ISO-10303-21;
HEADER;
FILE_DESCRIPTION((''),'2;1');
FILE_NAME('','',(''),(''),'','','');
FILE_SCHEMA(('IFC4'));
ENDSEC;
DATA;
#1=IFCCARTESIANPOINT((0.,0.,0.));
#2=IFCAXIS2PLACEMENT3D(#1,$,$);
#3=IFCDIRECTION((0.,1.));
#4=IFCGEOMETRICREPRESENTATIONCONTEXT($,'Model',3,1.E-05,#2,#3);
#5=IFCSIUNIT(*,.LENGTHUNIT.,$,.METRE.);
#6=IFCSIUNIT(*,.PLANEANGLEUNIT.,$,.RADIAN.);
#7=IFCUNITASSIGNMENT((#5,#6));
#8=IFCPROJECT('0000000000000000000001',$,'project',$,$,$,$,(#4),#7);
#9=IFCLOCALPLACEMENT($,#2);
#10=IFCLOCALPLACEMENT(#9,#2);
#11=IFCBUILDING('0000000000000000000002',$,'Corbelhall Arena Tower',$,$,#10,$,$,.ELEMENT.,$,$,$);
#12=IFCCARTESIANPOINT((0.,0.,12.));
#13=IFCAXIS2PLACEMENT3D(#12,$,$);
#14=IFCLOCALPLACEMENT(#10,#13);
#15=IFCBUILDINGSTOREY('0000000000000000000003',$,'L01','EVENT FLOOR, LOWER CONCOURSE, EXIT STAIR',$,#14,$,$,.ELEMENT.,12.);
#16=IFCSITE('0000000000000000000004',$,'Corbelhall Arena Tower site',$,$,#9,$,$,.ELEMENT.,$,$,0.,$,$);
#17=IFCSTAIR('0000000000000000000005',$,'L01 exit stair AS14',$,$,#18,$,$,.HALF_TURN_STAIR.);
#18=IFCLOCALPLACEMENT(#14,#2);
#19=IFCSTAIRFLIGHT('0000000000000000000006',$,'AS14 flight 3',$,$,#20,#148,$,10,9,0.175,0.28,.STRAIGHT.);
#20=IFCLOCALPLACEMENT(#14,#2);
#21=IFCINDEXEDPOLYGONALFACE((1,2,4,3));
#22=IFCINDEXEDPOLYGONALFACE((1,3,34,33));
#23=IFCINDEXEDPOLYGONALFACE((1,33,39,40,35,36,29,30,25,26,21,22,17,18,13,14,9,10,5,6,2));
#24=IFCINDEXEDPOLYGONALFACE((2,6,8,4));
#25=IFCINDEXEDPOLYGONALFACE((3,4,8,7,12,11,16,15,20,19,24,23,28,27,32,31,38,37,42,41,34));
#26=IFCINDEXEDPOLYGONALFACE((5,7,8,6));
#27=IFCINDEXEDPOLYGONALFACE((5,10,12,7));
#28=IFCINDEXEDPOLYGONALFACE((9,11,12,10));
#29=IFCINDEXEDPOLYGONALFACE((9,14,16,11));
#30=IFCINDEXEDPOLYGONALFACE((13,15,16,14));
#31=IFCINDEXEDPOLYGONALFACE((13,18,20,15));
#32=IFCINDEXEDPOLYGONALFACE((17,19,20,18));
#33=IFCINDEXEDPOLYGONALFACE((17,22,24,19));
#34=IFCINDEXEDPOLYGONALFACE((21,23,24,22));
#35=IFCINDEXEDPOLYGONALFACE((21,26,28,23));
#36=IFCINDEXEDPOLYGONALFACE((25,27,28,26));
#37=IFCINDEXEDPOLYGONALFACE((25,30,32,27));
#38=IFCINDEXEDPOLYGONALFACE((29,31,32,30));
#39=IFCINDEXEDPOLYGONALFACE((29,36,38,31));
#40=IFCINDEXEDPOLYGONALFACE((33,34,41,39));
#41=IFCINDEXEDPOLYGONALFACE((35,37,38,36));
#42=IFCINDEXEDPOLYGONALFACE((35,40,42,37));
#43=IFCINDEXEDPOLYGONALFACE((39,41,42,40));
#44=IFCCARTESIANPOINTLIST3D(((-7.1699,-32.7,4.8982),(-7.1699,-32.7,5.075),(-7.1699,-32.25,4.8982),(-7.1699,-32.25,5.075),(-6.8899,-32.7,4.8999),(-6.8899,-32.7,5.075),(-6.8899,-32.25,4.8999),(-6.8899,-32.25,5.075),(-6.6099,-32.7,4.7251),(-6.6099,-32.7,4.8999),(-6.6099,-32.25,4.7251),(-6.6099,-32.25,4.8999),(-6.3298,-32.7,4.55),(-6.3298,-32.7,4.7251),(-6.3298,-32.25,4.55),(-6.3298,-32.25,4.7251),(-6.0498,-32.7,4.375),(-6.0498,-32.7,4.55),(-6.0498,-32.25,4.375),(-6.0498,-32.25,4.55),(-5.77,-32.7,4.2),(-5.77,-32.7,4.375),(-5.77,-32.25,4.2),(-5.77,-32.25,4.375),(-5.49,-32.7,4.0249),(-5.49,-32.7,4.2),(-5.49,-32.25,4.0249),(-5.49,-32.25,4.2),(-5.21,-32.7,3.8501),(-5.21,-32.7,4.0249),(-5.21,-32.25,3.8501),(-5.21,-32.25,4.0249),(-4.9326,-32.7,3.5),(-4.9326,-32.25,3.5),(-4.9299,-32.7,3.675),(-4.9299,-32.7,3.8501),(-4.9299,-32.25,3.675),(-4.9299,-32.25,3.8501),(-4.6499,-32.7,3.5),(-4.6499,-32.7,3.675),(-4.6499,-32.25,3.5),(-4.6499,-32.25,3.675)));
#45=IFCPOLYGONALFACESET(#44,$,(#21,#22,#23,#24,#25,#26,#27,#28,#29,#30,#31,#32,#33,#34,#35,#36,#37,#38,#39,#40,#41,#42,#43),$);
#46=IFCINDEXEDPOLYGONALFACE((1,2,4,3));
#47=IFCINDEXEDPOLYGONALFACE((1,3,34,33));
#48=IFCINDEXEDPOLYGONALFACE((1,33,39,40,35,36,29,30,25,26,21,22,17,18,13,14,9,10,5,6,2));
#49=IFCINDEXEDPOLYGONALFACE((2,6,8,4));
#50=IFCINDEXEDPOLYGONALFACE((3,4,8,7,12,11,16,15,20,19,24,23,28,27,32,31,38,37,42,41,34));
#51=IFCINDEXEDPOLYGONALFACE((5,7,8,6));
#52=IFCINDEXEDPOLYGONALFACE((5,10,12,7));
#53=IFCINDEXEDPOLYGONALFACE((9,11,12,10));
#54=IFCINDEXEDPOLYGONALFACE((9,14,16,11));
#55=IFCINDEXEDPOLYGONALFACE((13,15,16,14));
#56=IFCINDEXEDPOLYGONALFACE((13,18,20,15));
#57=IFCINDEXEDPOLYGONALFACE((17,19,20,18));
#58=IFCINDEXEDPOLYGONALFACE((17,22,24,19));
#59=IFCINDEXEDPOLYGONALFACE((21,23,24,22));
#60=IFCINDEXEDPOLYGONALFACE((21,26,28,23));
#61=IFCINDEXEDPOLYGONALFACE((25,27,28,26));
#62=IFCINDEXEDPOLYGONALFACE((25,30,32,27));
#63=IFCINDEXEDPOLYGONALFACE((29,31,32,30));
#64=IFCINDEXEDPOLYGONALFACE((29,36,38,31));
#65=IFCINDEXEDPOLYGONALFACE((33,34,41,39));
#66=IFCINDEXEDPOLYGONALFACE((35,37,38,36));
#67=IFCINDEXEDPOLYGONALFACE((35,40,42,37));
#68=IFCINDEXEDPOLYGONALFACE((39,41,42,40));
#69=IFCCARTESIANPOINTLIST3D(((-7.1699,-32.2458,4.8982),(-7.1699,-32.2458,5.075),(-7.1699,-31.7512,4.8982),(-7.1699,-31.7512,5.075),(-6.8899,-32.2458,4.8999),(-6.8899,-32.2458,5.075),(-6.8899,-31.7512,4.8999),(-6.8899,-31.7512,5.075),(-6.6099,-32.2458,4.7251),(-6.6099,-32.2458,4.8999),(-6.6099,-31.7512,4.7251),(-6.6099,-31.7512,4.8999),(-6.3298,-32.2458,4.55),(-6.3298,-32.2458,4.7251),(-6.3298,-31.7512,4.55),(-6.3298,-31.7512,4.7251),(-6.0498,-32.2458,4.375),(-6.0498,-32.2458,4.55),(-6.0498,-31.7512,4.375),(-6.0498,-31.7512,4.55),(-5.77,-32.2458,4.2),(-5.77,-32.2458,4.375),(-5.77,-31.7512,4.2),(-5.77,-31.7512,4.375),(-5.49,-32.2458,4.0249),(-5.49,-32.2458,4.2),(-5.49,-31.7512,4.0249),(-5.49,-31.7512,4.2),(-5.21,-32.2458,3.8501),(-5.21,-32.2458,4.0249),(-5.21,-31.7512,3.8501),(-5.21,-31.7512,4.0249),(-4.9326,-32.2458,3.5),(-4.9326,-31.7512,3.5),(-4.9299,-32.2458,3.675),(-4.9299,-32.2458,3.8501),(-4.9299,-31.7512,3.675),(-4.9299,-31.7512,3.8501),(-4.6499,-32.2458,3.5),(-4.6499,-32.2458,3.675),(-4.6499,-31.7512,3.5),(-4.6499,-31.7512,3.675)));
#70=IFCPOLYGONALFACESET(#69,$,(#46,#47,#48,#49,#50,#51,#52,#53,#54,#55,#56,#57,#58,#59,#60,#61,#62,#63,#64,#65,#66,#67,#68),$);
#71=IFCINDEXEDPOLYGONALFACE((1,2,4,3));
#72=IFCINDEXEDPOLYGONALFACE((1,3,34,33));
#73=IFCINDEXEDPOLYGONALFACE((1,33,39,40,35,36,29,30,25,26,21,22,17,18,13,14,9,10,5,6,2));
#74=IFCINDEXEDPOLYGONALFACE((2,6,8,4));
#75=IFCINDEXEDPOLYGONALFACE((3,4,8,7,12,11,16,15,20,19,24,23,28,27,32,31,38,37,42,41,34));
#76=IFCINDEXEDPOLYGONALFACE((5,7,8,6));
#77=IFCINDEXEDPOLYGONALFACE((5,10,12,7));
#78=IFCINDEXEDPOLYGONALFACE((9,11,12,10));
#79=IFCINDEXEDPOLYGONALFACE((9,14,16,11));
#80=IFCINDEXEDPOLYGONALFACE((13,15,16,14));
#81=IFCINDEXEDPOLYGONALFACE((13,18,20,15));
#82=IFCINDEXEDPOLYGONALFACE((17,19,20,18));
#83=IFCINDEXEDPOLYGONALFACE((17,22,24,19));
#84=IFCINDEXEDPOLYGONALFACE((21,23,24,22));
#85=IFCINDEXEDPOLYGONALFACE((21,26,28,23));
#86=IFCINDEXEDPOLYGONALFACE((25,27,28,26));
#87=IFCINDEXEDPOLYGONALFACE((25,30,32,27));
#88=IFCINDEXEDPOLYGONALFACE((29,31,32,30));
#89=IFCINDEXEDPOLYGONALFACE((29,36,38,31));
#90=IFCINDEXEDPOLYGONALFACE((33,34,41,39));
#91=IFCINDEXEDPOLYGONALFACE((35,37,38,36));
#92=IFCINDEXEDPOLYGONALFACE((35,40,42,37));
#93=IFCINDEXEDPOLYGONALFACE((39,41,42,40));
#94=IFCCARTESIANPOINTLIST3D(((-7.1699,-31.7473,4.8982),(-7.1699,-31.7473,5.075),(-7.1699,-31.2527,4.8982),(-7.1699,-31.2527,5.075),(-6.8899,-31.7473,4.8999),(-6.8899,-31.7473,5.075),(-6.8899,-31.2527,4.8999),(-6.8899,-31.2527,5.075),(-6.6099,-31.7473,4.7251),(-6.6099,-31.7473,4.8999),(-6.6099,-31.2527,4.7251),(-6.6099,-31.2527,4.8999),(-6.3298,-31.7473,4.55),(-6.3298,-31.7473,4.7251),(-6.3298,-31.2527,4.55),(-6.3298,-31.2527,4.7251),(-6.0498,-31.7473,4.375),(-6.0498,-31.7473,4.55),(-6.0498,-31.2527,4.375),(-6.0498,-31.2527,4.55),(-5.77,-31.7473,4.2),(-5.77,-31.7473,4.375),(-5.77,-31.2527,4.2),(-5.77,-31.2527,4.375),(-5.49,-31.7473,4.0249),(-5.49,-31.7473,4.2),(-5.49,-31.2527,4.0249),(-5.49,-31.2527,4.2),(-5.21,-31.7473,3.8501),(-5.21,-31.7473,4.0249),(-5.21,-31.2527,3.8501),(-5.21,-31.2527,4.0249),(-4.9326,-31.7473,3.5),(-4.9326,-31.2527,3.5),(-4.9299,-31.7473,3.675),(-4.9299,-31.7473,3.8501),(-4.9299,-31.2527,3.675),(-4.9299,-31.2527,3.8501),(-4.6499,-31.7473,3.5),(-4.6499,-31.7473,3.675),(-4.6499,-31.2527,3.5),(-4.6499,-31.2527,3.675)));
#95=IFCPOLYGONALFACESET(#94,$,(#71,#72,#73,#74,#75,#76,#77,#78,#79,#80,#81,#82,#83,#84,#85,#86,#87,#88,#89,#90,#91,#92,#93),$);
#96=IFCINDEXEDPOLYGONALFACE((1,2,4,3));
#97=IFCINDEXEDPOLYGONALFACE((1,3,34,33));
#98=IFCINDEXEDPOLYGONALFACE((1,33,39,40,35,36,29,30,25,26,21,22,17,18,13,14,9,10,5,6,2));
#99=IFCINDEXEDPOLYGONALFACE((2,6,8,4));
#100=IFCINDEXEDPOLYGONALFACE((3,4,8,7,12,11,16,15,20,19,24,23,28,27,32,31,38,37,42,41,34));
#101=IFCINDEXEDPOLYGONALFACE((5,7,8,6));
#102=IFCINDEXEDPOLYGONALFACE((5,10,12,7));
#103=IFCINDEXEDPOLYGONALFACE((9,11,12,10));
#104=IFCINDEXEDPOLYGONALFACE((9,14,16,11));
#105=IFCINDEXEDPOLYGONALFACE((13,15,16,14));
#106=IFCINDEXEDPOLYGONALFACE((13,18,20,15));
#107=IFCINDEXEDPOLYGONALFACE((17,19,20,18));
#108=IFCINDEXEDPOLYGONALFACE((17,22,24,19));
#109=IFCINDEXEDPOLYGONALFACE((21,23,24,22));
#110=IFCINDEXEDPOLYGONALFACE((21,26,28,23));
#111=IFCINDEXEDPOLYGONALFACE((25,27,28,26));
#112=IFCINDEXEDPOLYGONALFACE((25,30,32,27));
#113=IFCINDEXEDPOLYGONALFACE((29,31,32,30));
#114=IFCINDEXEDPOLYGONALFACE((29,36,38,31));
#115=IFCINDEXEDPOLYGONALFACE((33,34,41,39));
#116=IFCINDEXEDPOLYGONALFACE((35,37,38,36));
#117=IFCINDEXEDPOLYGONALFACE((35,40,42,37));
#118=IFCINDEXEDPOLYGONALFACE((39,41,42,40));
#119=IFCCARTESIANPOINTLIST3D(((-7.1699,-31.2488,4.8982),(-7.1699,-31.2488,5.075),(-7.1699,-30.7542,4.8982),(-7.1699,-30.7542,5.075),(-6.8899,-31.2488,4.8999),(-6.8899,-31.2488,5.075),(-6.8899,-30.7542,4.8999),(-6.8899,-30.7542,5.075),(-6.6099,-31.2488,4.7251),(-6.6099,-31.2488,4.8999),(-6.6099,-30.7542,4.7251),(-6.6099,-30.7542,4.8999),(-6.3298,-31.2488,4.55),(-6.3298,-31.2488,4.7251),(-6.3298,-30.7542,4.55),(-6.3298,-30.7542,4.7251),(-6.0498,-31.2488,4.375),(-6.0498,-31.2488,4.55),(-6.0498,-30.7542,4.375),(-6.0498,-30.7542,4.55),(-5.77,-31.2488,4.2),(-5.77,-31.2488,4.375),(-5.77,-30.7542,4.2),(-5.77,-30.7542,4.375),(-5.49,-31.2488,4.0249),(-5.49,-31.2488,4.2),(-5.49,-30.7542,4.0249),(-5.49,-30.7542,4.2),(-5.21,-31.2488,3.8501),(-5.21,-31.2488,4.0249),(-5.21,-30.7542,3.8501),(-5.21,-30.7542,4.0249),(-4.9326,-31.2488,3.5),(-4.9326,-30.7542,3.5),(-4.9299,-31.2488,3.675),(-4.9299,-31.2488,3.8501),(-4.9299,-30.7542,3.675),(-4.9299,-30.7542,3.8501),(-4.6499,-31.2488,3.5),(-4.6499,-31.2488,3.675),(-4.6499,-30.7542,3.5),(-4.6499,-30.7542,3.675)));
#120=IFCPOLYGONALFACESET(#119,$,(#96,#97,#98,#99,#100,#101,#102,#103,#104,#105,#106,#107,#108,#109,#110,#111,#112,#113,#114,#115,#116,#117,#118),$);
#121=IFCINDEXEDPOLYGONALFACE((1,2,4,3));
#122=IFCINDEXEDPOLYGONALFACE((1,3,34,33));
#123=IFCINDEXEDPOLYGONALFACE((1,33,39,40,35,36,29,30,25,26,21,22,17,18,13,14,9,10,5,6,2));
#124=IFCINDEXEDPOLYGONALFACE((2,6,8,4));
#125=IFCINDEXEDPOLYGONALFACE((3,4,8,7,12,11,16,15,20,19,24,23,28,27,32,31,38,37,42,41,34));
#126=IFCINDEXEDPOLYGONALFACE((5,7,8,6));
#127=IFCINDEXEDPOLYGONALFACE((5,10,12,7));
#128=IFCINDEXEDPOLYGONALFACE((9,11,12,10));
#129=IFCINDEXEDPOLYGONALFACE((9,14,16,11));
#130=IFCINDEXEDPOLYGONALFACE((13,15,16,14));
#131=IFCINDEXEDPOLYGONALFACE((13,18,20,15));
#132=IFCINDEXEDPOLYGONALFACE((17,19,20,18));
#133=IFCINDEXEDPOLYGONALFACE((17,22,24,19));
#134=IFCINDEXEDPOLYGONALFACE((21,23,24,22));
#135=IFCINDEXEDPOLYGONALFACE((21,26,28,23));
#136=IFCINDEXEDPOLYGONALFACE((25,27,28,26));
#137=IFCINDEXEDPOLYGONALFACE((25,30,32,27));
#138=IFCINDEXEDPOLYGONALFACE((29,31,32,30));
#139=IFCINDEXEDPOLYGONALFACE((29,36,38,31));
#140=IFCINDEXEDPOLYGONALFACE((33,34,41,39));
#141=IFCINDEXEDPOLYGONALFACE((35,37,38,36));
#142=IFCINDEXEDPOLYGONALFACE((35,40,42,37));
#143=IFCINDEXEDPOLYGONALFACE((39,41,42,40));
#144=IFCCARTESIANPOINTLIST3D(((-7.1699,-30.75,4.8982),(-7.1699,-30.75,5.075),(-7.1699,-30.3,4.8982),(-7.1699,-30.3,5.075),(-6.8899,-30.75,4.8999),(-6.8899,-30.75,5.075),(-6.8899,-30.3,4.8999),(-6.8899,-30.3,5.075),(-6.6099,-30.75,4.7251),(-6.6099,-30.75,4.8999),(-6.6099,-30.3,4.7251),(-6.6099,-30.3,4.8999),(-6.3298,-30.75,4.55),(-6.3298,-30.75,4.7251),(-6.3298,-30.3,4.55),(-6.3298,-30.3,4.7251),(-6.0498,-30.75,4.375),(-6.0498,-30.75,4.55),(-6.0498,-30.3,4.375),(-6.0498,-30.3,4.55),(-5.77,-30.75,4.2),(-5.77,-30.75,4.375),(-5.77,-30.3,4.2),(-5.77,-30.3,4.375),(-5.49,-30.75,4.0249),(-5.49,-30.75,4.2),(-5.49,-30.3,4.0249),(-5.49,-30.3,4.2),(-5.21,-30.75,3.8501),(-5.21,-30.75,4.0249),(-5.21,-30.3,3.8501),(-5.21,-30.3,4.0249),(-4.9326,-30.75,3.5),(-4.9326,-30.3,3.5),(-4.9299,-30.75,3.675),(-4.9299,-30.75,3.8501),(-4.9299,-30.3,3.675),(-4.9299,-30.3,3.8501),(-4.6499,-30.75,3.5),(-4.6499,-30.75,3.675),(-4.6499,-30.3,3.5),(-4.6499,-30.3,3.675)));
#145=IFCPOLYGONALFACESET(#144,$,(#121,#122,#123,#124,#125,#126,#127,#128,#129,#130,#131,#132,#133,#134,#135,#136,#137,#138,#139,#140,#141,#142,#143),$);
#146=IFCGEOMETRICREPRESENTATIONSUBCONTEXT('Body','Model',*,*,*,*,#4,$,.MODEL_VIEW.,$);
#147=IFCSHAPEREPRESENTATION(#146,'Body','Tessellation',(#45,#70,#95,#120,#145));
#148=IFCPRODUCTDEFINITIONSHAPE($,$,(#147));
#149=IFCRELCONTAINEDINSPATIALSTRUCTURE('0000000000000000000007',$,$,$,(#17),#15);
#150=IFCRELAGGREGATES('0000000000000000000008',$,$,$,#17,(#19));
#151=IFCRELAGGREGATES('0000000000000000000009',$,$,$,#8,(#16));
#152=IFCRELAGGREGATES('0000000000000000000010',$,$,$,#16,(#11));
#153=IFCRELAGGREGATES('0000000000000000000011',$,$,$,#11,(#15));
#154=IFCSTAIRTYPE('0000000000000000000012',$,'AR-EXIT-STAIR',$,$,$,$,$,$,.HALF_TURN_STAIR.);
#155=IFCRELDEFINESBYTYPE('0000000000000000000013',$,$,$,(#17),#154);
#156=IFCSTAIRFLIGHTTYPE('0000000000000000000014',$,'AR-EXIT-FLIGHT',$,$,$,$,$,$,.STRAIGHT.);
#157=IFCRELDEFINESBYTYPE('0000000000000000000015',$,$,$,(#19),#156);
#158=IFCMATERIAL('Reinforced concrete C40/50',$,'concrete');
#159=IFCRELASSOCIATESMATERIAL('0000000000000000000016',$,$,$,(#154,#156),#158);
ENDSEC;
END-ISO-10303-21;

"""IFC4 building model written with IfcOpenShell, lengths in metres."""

from ifc_helpers import new_model, si_unit, direction, frame, origin, place, context, subcontext, project, spatial, polyline, outline, extrude, material, type_object, element, aggregate, save


model = new_model("IFC4")

# Units and contexts
model_context = context("Model", 3, precision=1e-05, world=origin(), true_north=direction((0.0, 1.0)))
body_context = subcontext(model_context, "Body", "Model", "MODEL_VIEW")
ifc_project = project(units=[si_unit("LENGTHUNIT", "METRE"), si_unit("PLANEANGLEUNIT", "RADIAN")], contexts=[model_context])

# Site, building, storey
site_placement = place(None, origin())
site = spatial("IfcSite", under=ifc_project, at=site_placement, Name="Corbelhall Arena Tower site", CompositionType="ELEMENT", RefElevation=0.0)
building_placement = place(site_placement, origin())
building = spatial("IfcBuilding", under=site, at=building_placement, Name="Corbelhall Arena Tower", CompositionType="ELEMENT")
storey_placement = place(building_placement, frame((0.0, 0.0, 12.0)))
storey = spatial("IfcBuildingStorey", under=building, at=storey_placement, Name="L01", Description="EVENT FLOOR, LOWER CONCOURSE, EXIT STAIR", CompositionType="ELEMENT", Elevation=12.0)

# Shared definitions
ifc_material_1 = material(Name="Reinforced concrete C40/50", Category="concrete")

# Stair, stair flight
stair_type = type_object("IfcStairType", Name="AR-EXIT-STAIR", PredefinedType="HALF_TURN_STAIR", material=ifc_material_1)
stair_placement = place(storey_placement, origin())
stair = element("IfcStair", 1, at=stair_placement, inside=storey, type_object=stair_type, Name="L01 exit stair AS14", PredefinedType="HALF_TURN_STAIR")
stair_flight_type = type_object("IfcStairFlightType", Name="AR-EXIT-FLIGHT", PredefinedType="STRAIGHT", material=ifc_material_1)
stair_flight_1_placement = place(storey_placement, frame((-4.6499, -31.5, 3.5), z_axis=(0.0, 0.0, 1.0), x_axis=(-1.0, 0.0, 0.0)))
stair_flight_1 = element("IfcStairFlight", 2, at=stair_flight_1_placement, type_object=stair_flight_type, Name="AS14 flight 3", NumberOfRisers=10, NumberOfTreads=9, PredefinedType="STRAIGHT", RiserHeight=0.175, TreadLength=0.28, context=body_context, shape_type="SweptSolid", body=[
    extrude(outline(polyline([(0.0, 0.0), (0.0, 0.175), (0.28, 0.175), (0.28, 0.3501), (0.5601, 0.3501), (0.5601, 0.5249), (0.8401, 0.5249), (0.8401, 0.7), (1.1201, 0.7), (1.1201, 0.875), (1.3999, 0.875), (1.3999, 1.05), (1.6799, 1.05), (1.6799, 1.2251), (1.96, 1.2251), (1.96, 1.3999), (2.24, 1.3999), (2.24, 1.575), (2.52, 1.575), (2.52, 1.75), (2.52, 1.3982), (0.2827, 0.0), (0.0, 0.0)])), frame((0.0, 1.2, 0.0), z_axis=(0.0, -1.0, 0.0), x_axis=(1.0, 0.0, 0.0)), (0.0, 0.0, 1.0), 0.45),
    extrude(outline(polyline([(0.0, 0.0), (0.0, 0.175), (0.28, 0.175), (0.28, 0.3501), (0.5601, 0.3501), (0.5601, 0.5249), (0.8401, 0.5249), (0.8401, 0.7), (1.1201, 0.7), (1.1201, 0.875), (1.3999, 0.875), (1.3999, 1.05), (1.6799, 1.05), (1.6799, 1.2251), (1.96, 1.2251), (1.96, 1.3999), (2.24, 1.3999), (2.24, 1.575), (2.52, 1.575), (2.52, 1.75), (2.52, 1.3982), (0.2827, 0.0), (0.0, 0.0)])), frame((0.0, 0.7458, 0.0), z_axis=(0.0, -1.0, 0.0), x_axis=(1.0, 0.0, 0.0)), (0.0, 0.0, 1.0), 0.4946),
    extrude(outline(polyline([(0.0, 0.0), (0.0, 0.175), (0.28, 0.175), (0.28, 0.3501), (0.5601, 0.3501), (0.5601, 0.5249), (0.8401, 0.5249), (0.8401, 0.7), (1.1201, 0.7), (1.1201, 0.875), (1.3999, 0.875), (1.3999, 1.05), (1.6799, 1.05), (1.6799, 1.2251), (1.96, 1.2251), (1.96, 1.3999), (2.24, 1.3999), (2.24, 1.575), (2.52, 1.575), (2.52, 1.75), (2.52, 1.3982), (0.2827, 0.0), (0.0, 0.0)])), frame((0.0, 0.2473, 0.0), z_axis=(0.0, -1.0, 0.0), x_axis=(1.0, 0.0, 0.0)), (0.0, 0.0, 1.0), 0.4946),
    extrude(outline(polyline([(0.0, 0.0), (0.0, 0.175), (0.28, 0.175), (0.28, 0.3501), (0.5601, 0.3501), (0.5601, 0.5249), (0.8401, 0.5249), (0.8401, 0.7), (1.1201, 0.7), (1.1201, 0.875), (1.3999, 0.875), (1.3999, 1.05), (1.6799, 1.05), (1.6799, 1.2251), (1.96, 1.2251), (1.96, 1.3999), (2.24, 1.3999), (2.24, 1.575), (2.52, 1.575), (2.52, 1.75), (2.52, 1.3982), (0.2827, 0.0), (0.0, 0.0)])), frame((0.0, -0.2512, 0.0), z_axis=(0.0, -1.0, 0.0), x_axis=(1.0, 0.0, 0.0)), (0.0, 0.0, 1.0), 0.4946),
    extrude(outline(polyline([(0.0, 0.0), (0.0, 0.175), (0.28, 0.175), (0.28, 0.3501), (0.5601, 0.3501), (0.5601, 0.5249), (0.8401, 0.5249), (0.8401, 0.7), (1.1201, 0.7), (1.1201, 0.875), (1.3999, 0.875), (1.3999, 1.05), (1.6799, 1.05), (1.6799, 1.2251), (1.96, 1.2251), (1.96, 1.3999), (2.24, 1.3999), (2.24, 1.575), (2.52, 1.575), (2.52, 1.75), (2.52, 1.3982), (0.2827, 0.0), (0.0, 0.0)])), frame((0.0, -0.75, 0.0), z_axis=(0.0, -1.0, 0.0), x_axis=(1.0, 0.0, 0.0)), (0.0, 0.0, 1.0), 0.45),
])
aggregate(stair, [stair_flight_1])

save(model, "model.ifc")
